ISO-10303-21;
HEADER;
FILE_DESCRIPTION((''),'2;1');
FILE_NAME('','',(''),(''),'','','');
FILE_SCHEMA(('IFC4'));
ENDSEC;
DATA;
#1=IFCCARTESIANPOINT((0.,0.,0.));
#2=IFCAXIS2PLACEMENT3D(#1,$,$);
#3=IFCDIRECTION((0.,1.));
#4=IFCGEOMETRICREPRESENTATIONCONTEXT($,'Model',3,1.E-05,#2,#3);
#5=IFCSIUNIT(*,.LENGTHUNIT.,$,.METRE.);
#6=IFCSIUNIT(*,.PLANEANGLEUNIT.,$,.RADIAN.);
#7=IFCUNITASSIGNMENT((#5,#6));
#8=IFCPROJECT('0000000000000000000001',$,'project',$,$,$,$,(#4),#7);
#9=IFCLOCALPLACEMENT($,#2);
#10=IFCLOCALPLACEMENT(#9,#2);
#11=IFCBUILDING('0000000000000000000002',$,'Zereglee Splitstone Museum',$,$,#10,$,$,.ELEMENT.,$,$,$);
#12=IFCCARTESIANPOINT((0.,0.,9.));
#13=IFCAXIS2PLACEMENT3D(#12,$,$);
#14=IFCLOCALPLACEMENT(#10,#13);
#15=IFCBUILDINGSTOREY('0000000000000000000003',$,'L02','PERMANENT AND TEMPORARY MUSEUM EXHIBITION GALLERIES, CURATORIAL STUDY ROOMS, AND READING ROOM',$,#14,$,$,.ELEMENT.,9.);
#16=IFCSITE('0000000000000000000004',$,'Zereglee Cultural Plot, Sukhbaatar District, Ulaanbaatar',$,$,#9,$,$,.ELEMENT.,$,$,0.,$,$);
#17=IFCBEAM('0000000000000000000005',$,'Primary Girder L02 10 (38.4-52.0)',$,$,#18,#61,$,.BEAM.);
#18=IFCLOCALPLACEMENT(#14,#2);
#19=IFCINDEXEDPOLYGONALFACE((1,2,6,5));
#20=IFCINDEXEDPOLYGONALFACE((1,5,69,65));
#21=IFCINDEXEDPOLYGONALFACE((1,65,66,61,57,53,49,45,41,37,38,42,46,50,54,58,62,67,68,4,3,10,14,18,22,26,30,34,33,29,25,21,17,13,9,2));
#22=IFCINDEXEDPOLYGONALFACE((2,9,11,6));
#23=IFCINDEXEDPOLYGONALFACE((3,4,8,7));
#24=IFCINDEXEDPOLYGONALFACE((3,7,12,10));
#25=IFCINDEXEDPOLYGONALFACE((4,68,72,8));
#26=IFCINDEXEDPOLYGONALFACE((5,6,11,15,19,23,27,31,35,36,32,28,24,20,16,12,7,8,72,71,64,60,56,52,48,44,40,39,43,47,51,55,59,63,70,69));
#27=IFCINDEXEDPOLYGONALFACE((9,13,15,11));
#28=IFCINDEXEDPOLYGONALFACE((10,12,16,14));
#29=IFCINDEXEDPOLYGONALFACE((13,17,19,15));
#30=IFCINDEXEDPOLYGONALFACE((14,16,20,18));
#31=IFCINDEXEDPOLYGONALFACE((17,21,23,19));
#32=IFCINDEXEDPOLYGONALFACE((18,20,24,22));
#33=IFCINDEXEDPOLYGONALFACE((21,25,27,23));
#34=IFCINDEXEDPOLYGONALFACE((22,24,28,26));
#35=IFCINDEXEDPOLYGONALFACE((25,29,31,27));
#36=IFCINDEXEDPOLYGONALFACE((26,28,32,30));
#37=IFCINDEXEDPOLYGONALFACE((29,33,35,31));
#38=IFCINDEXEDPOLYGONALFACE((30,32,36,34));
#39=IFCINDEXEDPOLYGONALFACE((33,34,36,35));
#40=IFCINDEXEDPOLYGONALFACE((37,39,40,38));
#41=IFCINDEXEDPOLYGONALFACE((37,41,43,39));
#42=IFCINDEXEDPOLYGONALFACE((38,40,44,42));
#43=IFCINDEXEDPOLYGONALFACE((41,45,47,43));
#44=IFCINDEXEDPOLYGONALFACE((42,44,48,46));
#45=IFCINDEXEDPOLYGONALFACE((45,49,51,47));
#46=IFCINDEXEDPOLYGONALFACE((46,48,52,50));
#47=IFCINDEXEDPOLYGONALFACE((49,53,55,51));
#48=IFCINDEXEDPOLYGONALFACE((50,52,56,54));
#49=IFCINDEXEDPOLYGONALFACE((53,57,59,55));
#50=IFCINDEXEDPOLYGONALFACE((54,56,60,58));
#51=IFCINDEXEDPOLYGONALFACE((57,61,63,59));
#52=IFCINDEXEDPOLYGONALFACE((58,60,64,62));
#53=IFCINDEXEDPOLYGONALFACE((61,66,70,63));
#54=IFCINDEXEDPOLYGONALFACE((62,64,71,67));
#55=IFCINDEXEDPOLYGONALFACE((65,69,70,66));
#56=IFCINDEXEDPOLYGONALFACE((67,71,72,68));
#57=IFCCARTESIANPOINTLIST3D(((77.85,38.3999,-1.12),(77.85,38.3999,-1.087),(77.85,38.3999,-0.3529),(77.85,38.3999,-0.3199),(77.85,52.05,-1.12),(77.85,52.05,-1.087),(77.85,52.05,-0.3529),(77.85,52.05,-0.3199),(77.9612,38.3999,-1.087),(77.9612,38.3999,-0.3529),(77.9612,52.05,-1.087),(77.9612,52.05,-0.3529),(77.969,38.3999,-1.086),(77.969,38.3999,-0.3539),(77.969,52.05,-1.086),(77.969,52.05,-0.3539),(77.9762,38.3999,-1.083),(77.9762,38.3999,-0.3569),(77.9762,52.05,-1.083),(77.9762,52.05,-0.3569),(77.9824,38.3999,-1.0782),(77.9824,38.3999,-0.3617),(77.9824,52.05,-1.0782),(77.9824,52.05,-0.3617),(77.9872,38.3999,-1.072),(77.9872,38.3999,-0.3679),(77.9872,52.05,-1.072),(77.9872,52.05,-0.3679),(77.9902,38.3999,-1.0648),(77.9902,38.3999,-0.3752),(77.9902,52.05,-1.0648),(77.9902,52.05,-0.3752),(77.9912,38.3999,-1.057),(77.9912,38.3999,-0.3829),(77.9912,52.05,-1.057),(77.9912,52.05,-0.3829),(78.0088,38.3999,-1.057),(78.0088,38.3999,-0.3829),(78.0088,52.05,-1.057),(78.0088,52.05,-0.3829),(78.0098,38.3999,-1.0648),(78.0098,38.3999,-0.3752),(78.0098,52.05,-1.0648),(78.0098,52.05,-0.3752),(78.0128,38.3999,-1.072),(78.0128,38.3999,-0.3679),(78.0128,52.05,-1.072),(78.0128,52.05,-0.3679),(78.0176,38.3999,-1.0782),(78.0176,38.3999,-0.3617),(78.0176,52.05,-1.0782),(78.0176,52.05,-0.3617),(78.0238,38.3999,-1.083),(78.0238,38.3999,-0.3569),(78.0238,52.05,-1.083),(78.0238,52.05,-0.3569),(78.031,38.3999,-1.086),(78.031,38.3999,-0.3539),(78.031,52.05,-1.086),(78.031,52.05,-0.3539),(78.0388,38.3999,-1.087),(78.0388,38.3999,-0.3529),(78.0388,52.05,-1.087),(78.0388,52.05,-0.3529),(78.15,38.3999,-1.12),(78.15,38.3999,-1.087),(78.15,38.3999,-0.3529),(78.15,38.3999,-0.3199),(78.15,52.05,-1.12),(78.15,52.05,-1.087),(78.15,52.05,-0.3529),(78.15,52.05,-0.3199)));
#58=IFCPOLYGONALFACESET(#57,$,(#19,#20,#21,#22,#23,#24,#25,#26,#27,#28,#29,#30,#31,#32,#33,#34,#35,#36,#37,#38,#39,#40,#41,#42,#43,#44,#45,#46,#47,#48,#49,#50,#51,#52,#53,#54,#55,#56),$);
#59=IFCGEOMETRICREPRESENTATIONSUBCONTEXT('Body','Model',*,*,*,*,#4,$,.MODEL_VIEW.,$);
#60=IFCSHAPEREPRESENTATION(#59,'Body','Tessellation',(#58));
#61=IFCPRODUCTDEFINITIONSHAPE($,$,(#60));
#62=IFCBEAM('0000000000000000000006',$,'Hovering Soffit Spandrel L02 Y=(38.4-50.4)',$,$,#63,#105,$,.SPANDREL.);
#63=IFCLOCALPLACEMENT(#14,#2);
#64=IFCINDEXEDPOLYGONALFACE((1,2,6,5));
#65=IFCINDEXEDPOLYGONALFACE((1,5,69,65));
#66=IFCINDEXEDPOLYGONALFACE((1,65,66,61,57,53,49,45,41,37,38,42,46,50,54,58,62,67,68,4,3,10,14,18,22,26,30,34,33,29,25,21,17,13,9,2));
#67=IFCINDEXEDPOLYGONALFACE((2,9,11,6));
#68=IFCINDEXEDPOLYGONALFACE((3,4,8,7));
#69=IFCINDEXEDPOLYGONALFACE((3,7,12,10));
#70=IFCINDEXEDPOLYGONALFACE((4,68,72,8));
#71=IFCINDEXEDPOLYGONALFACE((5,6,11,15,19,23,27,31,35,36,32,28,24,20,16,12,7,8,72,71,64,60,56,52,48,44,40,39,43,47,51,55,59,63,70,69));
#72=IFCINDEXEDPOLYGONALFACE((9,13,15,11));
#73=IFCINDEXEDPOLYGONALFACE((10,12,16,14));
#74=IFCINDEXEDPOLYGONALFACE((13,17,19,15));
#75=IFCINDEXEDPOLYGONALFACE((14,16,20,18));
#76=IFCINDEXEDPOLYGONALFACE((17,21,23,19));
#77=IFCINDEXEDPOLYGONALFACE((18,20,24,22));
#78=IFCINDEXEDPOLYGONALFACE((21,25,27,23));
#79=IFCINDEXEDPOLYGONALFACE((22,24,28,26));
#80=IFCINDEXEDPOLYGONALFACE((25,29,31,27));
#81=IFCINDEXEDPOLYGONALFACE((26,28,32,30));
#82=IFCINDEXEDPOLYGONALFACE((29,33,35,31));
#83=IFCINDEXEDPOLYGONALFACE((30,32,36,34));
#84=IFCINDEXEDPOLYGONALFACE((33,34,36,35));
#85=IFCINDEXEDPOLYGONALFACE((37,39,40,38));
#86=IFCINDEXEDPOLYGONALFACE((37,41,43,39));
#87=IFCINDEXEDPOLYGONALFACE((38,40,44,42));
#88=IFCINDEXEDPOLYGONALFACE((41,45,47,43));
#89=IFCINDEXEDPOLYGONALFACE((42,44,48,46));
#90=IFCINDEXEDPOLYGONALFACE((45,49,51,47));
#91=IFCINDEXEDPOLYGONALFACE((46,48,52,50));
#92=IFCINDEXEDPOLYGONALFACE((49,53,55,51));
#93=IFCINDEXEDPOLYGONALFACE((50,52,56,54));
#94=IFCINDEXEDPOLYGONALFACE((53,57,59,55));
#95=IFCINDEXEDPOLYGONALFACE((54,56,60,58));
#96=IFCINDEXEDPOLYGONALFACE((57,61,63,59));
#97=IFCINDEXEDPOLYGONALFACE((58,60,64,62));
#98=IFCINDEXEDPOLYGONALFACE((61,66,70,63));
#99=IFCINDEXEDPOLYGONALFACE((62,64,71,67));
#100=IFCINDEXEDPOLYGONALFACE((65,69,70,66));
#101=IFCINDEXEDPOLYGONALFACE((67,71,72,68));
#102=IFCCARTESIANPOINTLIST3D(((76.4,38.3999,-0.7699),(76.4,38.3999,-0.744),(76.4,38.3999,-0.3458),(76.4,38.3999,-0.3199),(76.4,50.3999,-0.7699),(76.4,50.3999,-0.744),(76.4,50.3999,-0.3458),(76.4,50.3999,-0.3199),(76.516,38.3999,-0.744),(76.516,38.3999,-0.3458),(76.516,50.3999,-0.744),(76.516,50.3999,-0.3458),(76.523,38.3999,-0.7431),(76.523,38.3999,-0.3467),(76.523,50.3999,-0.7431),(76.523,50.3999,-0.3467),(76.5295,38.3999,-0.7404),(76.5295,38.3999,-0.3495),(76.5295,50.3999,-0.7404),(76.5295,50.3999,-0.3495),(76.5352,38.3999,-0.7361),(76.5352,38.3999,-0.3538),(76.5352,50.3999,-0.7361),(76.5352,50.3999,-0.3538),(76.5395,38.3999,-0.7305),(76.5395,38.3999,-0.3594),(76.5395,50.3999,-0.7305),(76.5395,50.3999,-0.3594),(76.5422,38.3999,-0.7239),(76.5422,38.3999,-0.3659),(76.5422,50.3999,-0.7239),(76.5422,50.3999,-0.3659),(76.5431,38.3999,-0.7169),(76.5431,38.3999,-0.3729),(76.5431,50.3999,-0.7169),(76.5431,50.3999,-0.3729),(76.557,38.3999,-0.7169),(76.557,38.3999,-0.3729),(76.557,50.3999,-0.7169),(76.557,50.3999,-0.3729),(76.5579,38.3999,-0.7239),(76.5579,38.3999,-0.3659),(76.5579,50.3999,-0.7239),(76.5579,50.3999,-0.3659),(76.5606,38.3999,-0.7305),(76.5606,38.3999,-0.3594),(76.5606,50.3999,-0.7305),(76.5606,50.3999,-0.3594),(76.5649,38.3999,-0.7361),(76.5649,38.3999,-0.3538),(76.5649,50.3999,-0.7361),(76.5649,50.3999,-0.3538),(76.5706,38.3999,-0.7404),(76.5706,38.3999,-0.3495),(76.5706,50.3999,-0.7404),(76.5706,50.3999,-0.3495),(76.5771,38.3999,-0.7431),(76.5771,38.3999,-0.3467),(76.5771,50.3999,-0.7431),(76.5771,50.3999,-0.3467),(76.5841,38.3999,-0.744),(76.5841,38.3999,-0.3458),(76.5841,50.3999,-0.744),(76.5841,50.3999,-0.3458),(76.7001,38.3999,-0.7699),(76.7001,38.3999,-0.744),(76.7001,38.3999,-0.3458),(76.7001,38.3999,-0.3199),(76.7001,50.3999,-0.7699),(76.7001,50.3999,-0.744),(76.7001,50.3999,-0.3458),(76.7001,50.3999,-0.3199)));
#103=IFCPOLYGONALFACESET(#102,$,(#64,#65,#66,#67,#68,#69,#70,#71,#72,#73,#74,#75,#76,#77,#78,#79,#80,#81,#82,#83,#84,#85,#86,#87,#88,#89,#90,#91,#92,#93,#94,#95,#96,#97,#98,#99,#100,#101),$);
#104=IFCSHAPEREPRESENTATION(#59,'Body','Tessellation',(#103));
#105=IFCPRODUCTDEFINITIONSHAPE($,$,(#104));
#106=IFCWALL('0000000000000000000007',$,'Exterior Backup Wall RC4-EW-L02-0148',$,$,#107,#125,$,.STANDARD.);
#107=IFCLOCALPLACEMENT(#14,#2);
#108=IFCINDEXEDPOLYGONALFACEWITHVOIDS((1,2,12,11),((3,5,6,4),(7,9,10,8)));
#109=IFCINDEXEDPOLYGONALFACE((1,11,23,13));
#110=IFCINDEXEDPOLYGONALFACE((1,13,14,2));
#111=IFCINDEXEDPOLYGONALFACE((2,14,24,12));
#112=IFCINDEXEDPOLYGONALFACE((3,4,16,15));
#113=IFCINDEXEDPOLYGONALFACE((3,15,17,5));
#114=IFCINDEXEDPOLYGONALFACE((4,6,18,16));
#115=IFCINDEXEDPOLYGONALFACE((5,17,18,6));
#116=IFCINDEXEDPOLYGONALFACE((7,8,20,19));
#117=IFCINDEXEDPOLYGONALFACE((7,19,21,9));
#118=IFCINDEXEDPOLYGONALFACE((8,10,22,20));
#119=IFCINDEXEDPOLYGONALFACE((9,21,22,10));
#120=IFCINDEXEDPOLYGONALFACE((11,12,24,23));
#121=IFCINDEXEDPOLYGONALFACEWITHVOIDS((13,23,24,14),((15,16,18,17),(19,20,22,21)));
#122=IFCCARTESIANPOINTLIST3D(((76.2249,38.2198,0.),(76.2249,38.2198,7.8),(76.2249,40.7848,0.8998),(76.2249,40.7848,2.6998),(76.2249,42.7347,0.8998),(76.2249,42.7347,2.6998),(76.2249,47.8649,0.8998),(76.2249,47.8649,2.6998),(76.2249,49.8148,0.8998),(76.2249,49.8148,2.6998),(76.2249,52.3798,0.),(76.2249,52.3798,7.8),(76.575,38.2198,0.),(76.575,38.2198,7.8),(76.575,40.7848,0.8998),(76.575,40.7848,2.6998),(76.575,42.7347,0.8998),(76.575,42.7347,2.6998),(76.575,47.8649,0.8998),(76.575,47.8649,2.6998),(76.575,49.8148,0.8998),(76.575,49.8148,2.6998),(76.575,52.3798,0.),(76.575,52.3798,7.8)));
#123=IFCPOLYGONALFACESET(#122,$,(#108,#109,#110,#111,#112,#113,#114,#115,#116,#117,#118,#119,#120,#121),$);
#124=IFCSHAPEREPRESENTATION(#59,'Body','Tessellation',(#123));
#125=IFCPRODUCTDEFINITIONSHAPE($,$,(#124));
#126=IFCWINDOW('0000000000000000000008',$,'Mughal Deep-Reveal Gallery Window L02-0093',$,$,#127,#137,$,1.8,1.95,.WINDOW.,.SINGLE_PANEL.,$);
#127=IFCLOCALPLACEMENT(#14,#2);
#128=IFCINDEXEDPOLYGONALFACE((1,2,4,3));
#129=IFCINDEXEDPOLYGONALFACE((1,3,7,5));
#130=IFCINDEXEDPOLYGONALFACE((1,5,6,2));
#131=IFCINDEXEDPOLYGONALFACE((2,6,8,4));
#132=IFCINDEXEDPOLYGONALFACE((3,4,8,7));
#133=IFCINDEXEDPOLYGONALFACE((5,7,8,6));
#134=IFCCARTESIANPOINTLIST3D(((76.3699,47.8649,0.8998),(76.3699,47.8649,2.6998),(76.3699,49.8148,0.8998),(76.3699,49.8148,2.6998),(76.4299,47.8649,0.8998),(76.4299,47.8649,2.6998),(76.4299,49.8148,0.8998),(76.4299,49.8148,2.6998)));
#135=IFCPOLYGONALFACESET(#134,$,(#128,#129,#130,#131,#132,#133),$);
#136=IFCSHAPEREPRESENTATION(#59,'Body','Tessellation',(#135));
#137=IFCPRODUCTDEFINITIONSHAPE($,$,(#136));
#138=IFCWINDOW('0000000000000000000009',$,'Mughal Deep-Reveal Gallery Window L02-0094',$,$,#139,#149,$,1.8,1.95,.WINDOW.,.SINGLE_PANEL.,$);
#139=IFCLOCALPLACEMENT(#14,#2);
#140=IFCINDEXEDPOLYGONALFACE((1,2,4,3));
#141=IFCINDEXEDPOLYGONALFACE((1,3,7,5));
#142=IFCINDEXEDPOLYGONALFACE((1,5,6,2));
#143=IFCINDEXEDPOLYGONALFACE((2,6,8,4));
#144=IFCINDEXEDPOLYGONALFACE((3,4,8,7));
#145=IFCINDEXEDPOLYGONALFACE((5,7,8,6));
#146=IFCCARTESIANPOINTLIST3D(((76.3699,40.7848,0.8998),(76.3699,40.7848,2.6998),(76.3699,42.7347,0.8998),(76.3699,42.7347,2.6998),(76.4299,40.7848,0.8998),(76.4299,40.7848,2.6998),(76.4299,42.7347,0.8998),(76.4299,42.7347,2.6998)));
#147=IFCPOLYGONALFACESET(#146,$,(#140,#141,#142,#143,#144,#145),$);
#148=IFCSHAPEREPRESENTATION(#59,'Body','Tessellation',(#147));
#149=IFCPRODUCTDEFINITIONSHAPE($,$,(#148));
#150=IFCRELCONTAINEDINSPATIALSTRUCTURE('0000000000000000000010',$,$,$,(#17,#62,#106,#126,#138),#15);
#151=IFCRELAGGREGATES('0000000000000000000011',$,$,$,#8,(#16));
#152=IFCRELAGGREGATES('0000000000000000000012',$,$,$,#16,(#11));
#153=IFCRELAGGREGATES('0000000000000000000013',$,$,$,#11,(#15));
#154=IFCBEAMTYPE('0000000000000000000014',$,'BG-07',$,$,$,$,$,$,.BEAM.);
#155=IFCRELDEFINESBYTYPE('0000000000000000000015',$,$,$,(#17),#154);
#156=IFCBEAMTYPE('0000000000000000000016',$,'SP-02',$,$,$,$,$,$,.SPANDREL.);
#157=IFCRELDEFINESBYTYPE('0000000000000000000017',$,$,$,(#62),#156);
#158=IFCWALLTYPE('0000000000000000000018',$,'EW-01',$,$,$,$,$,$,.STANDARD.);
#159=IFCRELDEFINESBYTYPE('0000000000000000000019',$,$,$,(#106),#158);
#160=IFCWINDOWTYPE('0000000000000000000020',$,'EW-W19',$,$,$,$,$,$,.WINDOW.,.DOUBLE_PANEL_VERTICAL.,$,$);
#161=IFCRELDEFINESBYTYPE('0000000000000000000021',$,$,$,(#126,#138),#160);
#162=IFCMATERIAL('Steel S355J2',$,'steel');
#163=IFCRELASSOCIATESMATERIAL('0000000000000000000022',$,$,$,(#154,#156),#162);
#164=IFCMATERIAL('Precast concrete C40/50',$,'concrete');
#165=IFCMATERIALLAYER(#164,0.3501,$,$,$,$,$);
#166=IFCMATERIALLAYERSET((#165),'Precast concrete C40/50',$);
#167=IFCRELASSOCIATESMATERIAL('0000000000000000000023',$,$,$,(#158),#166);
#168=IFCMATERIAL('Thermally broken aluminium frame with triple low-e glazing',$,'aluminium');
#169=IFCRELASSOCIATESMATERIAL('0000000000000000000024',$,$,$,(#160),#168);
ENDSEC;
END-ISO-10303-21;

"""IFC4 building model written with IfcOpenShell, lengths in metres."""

from ifc_helpers import new_model, si_unit, direction, frame, frame_2d, origin, origin_2d, place, context, subcontext, project, spatial, rectangle, i_section, extrude, material, layer, layer_set, material_profile, profile_set, type_object, element, fill, save


model = new_model("IFC4")

# Units and contexts
model_context = context("Model", 3, precision=1e-05, world=origin(), true_north=direction((0.0, 1.0)))
body_context = subcontext(model_context, "Body", "Model", "MODEL_VIEW")
ifc_project = project(units=[si_unit("LENGTHUNIT", "METRE"), si_unit("PLANEANGLEUNIT", "RADIAN")], contexts=[model_context])

# Site, building, storey
site_placement = place(None, origin())
site = spatial("IfcSite", under=ifc_project, at=site_placement, Name="Zereglee Cultural Plot, Sukhbaatar District, Ulaanbaatar", CompositionType="ELEMENT", RefElevation=0.0)
building_placement = place(site_placement, origin())
building = spatial("IfcBuilding", under=site, at=building_placement, Name="Zereglee Splitstone Museum", CompositionType="ELEMENT")
storey_placement = place(building_placement, frame((0.0, 0.0, 9.0)))
storey = spatial("IfcBuildingStorey", under=building, at=storey_placement, Name="L02", Description="PERMANENT AND TEMPORARY MUSEUM EXHIBITION GALLERIES, CURATORIAL STUDY ROOMS, AND READING ROOM", CompositionType="ELEMENT", Elevation=9.0)

# Shared definitions
ifc_material_1 = material(Name="Steel S355J2", Category="steel")

# Beams
ifc_material_profile_1 = material_profile(ifc_material_1, i_section(OverallWidth=0.3, OverallDepth=0.8, WebThickness=0.0176, FlangeThickness=0.033, FilletRadius=0.03, at=origin_2d()), Name="HE 800 B")
ifc_profile_set_1 = profile_set([ifc_material_profile_1], Name="Steel S355J2")
beam_type_1 = type_object("IfcBeamType", Name="BG-07", PredefinedType="BEAM", material=ifc_profile_set_1)
beam_1_placement = place(storey_placement, frame((78.0, 38.3999, -0.72), z_axis=(0.0, 1.0, 0.0), x_axis=(-1.0, 0.0, 0.0)))
element("IfcBeam", 1, at=beam_1_placement, inside=storey, type_object=beam_type_1, Name="Primary Girder L02 10 (38.4-52.0)", PredefinedType="BEAM", context=body_context, shape_type="SweptSolid", body=[
    extrude(i_section(OverallWidth=0.3, OverallDepth=0.8, WebThickness=0.0176, FlangeThickness=0.033, FilletRadius=0.03, at=origin_2d()), origin(), (0.0, 0.0, 1.0), 13.6501),
])
ifc_material_profile_2 = material_profile(ifc_material_1, i_section(OverallWidth=0.3, OverallDepth=0.45, WebThickness=0.0139, FlangeThickness=0.0259, FilletRadius=0.0271, at=origin_2d()), Name="HE 450 B")
ifc_profile_set_2 = profile_set([ifc_material_profile_2], Name="Steel S355J2")
beam_type_2 = type_object("IfcBeamType", Name="SP-02", PredefinedType="SPANDREL", material=ifc_profile_set_2)
beam_2_placement = place(storey_placement, frame((76.55, 38.3999, -0.5449), z_axis=(0.0, 1.0, 0.0), x_axis=(-1.0, 0.0, 0.0)))
element("IfcBeam", 2, at=beam_2_placement, inside=storey, type_object=beam_type_2, Name="Hovering Soffit Spandrel L02 Y=(38.4-50.4)", PredefinedType="SPANDREL", context=body_context, shape_type="SweptSolid", body=[
    extrude(i_section(OverallWidth=0.3, OverallDepth=0.45, WebThickness=0.0139, FlangeThickness=0.0259, FilletRadius=0.0271, at=origin_2d()), origin(), (0.0, 0.0, 1.0), 12.0),
])

# Wall, openings, windows
ifc_material_2 = material(Name="Precast concrete C40/50", Category="concrete")
ifc_layer_1 = layer(ifc_material_2, 0.3501)
ifc_layer_set_1 = layer_set([ifc_layer_1], Name="Precast concrete C40/50")
wall_type = type_object("IfcWallType", Name="EW-01", PredefinedType="STANDARD", material=ifc_layer_set_1)
wall_1_placement = place(storey_placement, frame((76.3999, 52.3799, 0.0), z_axis=(0.0, 0.0, 1.0), x_axis=(0.0, -1.0, 0.0)))
wall_1 = element("IfcWall", 3, at=wall_1_placement, inside=storey, type_object=wall_type, Name="Exterior Backup Wall RC4-EW-L02-0148", PredefinedType="STANDARD", context=body_context, shape_type="SweptSolid", body=[
    extrude(rectangle(XDim=14.1599, YDim=0.3501, at=frame_2d((7.0801, 0.0))), origin(), (0.0, 0.0, 1.0), 7.8),
])
opening_1_placement = place(wall_1_placement, frame((2.5649, 0.0, 0.8999)))
opening_1 = element("IfcOpeningElement", 4, at=opening_1_placement, cuts=wall_1, PredefinedType="OPENING", context=body_context, shape_type="SweptSolid", body=[
    extrude(rectangle(XDim=1.95, YDim=1.8, at=frame_2d((0.9751, 0.8999))), frame((0.0, 0.1899, 0.0), z_axis=(0.0, -1.0, 0.0), x_axis=(1.0, 0.0, 0.0)), (0.0, 0.0, 1.0), 0.3799),
])
opening_2_placement = place(wall_1_placement, frame((9.645, 0.0, 0.8999)))
opening_2 = element("IfcOpeningElement", 5, at=opening_2_placement, cuts=wall_1, PredefinedType="OPENING", context=body_context, shape_type="SweptSolid", body=[
    extrude(rectangle(XDim=1.95, YDim=1.8, at=frame_2d((0.9751, 0.8999))), frame((0.0, 0.1899, 0.0), z_axis=(0.0, -1.0, 0.0), x_axis=(1.0, 0.0, 0.0)), (0.0, 0.0, 1.0), 0.3799),
])
ifc_material_3 = material(Name="Thermally broken aluminium frame with triple low-e glazing", Category="aluminium")
window_type_1 = type_object("IfcWindowType", Name="EW-W19", PartitioningType="DOUBLE_PANEL_VERTICAL", PredefinedType="WINDOW", material=ifc_material_3)
window_1_placement = place(opening_1_placement, origin())
window_1 = element("IfcWindow", 6, at=window_1_placement, inside=storey, type_object=window_type_1, Name="Mughal Deep-Reveal Gallery Window L02-0093", OverallHeight=1.8, OverallWidth=1.95, PartitioningType="SINGLE_PANEL", PredefinedType="WINDOW", context=body_context, shape_type="SweptSolid", body=[
    extrude(rectangle(XDim=1.95, YDim=1.8, at=frame_2d((0.9751, 0.8999))), frame((0.0, 0.03, 0.0), z_axis=(0.0, -1.0, 0.0), x_axis=(1.0, 0.0, 0.0)), (0.0, 0.0, 1.0), 0.0601),
])
fill(opening_1, window_1)
window_2_placement = place(opening_2_placement, origin())
window_2 = element("IfcWindow", 7, at=window_2_placement, inside=storey, type_object=window_type_1, Name="Mughal Deep-Reveal Gallery Window L02-0094", OverallHeight=1.8, OverallWidth=1.95, PartitioningType="SINGLE_PANEL", PredefinedType="WINDOW", context=body_context, shape_type="SweptSolid", body=[
    extrude(rectangle(XDim=1.95, YDim=1.8, at=frame_2d((0.9751, 0.8999))), frame((0.0, 0.03, 0.0), z_axis=(0.0, -1.0, 0.0), x_axis=(1.0, 0.0, 0.0)), (0.0, 0.0, 1.0), 0.0601),
])
fill(opening_2, window_2)

save(model, "model.ifc")
